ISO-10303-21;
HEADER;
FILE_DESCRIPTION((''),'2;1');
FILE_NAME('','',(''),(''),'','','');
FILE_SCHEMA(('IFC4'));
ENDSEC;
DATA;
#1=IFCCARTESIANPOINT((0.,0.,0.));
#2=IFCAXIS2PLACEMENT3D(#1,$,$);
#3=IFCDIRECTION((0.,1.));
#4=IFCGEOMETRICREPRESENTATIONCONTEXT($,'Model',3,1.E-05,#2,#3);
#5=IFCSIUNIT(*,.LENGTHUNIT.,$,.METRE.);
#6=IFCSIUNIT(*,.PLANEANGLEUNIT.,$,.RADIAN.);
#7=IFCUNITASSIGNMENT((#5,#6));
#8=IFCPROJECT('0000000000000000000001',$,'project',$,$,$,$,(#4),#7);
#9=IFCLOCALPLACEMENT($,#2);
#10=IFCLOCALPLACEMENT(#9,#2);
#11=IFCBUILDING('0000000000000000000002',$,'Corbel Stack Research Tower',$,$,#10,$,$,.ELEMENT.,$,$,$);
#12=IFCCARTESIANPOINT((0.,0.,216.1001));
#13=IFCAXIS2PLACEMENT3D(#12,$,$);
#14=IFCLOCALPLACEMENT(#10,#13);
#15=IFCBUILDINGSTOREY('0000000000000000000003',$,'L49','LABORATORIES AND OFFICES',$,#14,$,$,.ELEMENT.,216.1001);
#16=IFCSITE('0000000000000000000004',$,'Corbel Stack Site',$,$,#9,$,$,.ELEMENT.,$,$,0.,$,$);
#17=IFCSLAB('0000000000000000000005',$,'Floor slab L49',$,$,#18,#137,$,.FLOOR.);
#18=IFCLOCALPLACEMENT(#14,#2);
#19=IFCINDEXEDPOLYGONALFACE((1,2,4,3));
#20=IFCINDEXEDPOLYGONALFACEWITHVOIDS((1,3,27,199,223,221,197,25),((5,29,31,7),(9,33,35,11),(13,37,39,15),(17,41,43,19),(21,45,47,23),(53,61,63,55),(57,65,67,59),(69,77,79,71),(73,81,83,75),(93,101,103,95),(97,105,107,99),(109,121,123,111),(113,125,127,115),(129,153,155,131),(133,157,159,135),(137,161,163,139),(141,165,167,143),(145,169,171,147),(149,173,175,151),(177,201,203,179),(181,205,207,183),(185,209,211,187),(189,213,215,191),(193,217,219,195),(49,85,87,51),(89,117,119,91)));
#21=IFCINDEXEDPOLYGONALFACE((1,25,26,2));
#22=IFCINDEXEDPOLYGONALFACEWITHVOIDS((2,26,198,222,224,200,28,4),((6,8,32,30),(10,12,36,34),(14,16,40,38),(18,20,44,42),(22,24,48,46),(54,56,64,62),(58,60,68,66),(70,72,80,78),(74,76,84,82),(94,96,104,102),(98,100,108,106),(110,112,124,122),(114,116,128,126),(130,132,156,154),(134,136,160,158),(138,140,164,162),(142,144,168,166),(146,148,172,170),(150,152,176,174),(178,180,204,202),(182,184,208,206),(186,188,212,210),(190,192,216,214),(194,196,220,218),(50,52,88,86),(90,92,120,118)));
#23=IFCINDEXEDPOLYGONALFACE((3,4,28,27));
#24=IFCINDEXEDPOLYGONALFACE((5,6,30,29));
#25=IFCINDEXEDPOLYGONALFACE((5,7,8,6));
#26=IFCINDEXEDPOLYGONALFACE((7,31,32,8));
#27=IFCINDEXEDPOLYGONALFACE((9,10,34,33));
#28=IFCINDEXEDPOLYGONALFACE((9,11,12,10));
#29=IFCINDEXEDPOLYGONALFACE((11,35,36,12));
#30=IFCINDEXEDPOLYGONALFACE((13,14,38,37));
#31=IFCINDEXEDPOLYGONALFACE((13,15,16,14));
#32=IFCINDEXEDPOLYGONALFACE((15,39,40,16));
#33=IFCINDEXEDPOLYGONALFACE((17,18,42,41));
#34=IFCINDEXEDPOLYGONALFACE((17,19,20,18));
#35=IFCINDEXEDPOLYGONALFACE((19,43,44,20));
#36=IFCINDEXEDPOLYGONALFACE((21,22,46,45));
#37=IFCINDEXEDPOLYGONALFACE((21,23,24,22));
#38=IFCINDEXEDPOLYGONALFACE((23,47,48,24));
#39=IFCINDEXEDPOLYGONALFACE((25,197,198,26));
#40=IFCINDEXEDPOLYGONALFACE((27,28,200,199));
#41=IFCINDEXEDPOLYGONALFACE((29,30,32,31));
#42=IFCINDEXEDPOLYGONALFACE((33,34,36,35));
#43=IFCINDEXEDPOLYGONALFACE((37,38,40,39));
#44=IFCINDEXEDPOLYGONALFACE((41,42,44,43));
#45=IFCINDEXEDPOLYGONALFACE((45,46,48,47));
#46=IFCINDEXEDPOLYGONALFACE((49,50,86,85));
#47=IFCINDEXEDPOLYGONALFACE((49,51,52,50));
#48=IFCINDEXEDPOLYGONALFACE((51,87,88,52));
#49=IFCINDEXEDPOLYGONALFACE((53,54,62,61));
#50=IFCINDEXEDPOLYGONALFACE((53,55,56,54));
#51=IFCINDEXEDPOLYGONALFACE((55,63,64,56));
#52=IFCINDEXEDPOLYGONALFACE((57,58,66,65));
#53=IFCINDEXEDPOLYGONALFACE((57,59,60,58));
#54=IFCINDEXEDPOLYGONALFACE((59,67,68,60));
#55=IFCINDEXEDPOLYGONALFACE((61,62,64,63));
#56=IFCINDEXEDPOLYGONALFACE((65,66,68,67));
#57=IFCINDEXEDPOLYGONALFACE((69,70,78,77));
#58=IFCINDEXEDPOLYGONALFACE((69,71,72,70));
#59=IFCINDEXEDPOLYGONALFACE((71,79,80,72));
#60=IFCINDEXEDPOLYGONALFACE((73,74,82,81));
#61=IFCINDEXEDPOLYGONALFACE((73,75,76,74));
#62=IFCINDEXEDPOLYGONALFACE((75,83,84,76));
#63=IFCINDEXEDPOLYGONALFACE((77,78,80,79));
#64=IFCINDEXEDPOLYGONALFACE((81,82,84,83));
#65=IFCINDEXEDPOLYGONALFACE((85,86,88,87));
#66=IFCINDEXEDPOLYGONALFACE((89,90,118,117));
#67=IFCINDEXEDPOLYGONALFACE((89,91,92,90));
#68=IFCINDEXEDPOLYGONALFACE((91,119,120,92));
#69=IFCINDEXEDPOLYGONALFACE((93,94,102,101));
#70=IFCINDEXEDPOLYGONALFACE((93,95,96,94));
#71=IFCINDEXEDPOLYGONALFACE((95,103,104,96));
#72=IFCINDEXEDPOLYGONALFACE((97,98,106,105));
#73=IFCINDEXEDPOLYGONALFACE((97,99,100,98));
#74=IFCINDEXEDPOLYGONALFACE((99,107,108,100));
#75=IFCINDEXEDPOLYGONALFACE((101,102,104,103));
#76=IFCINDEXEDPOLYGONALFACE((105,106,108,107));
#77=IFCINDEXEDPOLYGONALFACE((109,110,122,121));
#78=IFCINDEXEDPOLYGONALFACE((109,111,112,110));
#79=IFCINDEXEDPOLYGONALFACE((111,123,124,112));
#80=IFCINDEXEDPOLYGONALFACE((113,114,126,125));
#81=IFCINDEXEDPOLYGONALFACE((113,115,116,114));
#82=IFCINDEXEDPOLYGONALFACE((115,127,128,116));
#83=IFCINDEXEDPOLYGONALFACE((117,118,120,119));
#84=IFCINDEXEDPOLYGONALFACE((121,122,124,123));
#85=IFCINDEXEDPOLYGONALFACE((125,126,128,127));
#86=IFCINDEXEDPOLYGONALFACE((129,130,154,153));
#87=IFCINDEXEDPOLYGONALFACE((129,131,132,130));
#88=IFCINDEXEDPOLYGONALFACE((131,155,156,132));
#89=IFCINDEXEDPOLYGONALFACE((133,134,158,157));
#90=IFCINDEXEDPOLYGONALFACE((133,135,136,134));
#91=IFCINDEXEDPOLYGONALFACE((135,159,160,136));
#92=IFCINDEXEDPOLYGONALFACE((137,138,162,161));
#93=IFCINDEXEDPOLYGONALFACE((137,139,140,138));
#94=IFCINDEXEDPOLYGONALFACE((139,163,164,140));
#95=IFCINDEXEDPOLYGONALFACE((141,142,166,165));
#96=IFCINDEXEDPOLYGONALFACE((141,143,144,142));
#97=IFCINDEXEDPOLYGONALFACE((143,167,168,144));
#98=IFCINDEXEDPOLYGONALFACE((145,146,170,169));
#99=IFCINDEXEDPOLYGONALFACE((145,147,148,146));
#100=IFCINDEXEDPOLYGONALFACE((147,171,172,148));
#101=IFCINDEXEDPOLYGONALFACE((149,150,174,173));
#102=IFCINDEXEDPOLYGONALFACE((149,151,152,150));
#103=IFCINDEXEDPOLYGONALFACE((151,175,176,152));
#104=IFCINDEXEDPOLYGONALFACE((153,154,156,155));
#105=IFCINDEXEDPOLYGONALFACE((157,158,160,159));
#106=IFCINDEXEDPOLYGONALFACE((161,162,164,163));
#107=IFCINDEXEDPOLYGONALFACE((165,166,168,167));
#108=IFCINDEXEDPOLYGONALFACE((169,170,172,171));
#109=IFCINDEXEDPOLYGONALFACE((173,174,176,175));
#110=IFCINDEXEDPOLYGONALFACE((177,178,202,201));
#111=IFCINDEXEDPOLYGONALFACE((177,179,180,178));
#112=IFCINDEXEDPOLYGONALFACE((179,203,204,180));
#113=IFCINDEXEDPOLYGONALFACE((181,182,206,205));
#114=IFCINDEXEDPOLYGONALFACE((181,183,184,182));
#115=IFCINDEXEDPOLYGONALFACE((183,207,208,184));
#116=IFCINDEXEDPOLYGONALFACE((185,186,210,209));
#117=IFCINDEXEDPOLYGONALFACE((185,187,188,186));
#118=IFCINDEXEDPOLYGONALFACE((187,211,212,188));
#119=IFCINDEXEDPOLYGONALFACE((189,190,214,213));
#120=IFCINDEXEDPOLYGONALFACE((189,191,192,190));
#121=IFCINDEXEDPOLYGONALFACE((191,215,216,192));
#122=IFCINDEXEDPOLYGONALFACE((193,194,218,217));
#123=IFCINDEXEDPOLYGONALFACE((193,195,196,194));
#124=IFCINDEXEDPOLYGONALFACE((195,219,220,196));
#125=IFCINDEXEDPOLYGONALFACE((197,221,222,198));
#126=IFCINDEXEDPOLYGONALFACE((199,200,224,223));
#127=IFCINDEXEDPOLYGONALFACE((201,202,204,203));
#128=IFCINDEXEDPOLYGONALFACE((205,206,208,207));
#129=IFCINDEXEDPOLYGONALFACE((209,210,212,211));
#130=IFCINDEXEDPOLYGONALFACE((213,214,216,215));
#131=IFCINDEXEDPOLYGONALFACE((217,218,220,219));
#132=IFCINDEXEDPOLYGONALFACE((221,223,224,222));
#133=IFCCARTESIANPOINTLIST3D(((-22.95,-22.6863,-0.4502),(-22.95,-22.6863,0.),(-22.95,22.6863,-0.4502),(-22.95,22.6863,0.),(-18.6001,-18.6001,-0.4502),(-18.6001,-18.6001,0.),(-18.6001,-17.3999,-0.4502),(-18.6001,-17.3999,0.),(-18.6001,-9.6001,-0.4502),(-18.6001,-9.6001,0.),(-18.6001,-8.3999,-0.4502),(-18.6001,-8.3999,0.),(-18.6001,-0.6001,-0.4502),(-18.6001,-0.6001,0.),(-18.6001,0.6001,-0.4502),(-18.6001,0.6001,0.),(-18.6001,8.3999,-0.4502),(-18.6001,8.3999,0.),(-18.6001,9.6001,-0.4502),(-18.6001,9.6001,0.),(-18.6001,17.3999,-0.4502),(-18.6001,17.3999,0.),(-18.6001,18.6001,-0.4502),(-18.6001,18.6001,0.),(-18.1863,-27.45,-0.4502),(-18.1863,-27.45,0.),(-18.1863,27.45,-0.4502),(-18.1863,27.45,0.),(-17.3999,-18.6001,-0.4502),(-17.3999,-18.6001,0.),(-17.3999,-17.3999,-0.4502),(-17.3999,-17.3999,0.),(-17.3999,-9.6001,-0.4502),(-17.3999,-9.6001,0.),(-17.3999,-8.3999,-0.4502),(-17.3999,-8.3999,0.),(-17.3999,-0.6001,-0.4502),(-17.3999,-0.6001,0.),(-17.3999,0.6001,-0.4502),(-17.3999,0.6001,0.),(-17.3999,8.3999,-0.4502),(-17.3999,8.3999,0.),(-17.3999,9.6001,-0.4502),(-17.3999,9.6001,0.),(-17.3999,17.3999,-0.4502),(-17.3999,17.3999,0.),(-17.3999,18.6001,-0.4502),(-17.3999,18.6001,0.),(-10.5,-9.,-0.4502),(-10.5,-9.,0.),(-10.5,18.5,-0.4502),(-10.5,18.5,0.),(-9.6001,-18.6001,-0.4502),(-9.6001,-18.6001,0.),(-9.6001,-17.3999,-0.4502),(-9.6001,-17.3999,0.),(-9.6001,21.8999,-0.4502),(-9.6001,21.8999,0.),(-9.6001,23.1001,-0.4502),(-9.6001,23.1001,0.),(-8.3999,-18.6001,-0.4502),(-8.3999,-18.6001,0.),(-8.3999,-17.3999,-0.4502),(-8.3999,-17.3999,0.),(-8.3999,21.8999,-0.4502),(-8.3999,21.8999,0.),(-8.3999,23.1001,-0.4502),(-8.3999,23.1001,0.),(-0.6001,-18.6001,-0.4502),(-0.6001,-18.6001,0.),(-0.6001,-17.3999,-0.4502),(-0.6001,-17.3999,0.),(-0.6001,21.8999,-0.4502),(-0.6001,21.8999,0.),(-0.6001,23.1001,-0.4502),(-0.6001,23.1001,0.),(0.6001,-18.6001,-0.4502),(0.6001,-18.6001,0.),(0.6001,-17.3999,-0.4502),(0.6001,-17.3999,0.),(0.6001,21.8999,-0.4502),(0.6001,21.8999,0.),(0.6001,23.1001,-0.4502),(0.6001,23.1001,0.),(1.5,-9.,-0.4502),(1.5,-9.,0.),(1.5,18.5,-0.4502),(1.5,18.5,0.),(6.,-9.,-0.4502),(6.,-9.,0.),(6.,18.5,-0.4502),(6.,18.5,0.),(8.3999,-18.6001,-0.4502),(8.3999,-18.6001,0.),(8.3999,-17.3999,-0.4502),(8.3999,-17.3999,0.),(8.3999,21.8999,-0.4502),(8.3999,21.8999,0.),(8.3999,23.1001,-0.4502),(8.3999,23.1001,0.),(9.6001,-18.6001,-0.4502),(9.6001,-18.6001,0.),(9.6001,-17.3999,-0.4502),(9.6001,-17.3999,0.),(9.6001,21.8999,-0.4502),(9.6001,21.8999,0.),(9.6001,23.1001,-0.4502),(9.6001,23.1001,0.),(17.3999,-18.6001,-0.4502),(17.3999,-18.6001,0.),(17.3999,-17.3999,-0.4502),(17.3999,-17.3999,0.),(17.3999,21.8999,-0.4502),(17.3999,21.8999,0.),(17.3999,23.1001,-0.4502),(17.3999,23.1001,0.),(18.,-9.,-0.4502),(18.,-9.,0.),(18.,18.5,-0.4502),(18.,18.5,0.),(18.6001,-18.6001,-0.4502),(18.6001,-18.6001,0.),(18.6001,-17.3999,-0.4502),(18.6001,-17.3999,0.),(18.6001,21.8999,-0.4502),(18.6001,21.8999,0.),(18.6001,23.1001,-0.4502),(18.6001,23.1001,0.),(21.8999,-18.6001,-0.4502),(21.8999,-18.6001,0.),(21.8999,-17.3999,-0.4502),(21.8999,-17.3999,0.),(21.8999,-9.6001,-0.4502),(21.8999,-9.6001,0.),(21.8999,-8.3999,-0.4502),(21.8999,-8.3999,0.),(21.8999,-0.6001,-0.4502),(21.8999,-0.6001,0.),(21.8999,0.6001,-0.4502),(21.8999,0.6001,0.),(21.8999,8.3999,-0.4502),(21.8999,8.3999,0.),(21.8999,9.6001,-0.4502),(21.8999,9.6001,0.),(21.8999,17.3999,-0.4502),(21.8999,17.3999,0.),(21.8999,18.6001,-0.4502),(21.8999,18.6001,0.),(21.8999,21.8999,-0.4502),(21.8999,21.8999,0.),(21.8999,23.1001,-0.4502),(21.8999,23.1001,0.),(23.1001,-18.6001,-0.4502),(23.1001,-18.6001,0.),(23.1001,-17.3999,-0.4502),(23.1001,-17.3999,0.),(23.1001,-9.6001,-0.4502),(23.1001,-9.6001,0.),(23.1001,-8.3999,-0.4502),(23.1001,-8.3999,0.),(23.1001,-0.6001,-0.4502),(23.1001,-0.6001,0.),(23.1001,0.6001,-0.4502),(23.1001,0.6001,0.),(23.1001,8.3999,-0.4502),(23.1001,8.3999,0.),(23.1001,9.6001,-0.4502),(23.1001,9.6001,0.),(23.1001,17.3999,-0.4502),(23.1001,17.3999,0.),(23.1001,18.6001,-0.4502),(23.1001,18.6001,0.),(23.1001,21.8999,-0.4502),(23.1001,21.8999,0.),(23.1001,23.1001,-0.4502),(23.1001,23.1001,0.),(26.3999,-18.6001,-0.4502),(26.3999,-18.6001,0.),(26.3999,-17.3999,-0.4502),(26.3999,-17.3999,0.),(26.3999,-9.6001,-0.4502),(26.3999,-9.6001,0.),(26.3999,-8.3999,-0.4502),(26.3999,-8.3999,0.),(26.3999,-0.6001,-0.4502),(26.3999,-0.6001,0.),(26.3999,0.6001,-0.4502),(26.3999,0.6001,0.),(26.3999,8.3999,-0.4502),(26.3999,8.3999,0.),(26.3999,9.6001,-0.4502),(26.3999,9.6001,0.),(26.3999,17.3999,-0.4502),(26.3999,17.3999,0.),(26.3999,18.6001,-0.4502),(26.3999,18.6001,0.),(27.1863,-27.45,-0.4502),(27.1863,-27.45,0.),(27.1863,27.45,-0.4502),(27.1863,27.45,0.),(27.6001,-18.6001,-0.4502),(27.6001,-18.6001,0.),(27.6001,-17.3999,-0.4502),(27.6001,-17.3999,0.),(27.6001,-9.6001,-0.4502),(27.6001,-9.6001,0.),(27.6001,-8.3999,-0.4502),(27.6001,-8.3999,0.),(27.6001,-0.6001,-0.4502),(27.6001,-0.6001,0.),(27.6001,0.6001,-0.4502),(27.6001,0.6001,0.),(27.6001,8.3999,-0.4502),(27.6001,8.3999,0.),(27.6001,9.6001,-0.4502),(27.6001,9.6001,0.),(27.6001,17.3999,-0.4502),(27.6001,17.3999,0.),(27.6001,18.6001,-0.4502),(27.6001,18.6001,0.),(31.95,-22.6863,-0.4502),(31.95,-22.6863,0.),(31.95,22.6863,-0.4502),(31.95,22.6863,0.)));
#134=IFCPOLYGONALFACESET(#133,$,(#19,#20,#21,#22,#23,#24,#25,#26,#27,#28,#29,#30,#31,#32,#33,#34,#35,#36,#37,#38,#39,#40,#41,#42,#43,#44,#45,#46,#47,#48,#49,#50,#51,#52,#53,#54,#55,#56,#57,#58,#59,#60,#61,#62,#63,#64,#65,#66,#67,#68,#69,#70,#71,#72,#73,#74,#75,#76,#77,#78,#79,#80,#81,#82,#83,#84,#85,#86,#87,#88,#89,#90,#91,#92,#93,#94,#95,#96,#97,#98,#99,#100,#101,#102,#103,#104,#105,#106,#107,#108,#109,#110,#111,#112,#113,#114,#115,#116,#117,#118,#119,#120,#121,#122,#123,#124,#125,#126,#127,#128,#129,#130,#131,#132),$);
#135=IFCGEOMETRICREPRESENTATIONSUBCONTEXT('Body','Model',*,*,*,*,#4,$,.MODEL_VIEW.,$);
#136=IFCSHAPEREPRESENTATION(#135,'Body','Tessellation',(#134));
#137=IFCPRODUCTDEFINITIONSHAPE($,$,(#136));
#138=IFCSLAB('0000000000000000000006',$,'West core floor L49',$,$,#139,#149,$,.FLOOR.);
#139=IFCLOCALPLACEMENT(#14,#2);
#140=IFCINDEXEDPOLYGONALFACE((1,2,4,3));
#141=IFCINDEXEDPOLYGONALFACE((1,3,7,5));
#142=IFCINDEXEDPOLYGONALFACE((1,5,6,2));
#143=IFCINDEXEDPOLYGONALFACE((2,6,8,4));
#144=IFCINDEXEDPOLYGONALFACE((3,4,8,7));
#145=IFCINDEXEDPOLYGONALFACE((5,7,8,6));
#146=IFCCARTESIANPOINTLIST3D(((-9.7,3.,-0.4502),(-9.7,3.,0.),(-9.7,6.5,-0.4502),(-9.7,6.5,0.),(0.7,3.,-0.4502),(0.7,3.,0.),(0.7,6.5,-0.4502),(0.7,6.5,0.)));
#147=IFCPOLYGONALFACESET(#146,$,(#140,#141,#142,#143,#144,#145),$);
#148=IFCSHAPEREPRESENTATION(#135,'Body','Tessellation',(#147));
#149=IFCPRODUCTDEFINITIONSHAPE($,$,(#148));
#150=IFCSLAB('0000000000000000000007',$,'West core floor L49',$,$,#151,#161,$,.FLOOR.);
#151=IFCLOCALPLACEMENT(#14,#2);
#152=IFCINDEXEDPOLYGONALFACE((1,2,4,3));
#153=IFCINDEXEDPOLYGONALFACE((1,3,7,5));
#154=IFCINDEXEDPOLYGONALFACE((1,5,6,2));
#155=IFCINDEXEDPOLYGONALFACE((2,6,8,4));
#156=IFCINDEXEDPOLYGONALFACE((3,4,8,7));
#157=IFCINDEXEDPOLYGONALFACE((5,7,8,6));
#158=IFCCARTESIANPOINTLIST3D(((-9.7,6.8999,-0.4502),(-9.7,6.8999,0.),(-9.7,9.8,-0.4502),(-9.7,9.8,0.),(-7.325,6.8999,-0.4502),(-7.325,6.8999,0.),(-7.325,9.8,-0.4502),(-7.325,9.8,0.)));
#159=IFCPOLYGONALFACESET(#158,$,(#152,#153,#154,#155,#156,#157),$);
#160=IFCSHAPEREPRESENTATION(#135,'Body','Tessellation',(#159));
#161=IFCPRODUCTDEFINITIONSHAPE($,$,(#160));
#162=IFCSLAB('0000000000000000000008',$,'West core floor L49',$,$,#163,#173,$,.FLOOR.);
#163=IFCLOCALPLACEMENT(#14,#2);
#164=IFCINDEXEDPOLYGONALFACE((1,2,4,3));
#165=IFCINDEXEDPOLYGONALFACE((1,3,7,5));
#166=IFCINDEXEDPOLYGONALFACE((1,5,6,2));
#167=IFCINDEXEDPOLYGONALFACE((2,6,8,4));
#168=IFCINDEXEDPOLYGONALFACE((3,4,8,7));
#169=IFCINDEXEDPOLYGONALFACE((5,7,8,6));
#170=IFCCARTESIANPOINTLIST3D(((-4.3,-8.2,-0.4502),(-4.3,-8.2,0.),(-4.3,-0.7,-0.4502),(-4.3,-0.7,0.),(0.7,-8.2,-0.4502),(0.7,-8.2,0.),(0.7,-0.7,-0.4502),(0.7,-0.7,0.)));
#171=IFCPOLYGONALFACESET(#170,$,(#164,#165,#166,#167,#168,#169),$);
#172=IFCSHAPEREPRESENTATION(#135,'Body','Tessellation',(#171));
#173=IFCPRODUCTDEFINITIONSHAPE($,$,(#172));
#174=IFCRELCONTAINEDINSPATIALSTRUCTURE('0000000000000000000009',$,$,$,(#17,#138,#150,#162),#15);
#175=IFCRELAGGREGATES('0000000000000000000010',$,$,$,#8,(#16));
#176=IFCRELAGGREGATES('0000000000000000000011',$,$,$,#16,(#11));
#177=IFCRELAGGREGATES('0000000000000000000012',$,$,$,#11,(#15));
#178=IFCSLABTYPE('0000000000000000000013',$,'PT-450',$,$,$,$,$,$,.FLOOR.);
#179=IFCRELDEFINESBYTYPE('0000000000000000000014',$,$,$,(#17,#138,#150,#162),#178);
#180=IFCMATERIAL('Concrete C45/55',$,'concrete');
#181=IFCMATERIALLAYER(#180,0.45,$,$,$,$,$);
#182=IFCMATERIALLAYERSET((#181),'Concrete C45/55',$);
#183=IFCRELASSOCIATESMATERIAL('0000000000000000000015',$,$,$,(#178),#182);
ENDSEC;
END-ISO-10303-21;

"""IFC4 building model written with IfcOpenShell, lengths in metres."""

from ifc_helpers import new_model, si_unit, direction, frame, origin, place, context, subcontext, project, spatial, polyline, outline, extrude, material, layer, layer_set, type_object, element, save


model = new_model("IFC4")

# Units and contexts
model_context = context("Model", 3, precision=1e-05, world=origin(), true_north=direction((0.0, 1.0)))
body_context = subcontext(model_context, "Body", "Model", "MODEL_VIEW")
ifc_project = project(units=[si_unit("LENGTHUNIT", "METRE"), si_unit("PLANEANGLEUNIT", "RADIAN")], contexts=[model_context])

# Site, building, storey
site_placement = place(None, origin())
site = spatial("IfcSite", under=ifc_project, at=site_placement, Name="Corbel Stack Site", CompositionType="ELEMENT", RefElevation=0.0)
building_placement = place(site_placement, origin())
building = spatial("IfcBuilding", under=site, at=building_placement, Name="Corbel Stack Research Tower", CompositionType="ELEMENT")
storey_placement = place(building_placement, frame((0.0, 0.0, 216.1001)))
storey = spatial("IfcBuildingStorey", under=building, at=storey_placement, Name="L49", Description="LABORATORIES AND OFFICES", CompositionType="ELEMENT", Elevation=216.1001)

# Slabs
ifc_material_1 = material(Name="Concrete C45/55", Category="concrete")
ifc_layer_1 = layer(ifc_material_1, 0.45)
ifc_layer_set_1 = layer_set([ifc_layer_1], Name="Concrete C45/55")
slab_type_1 = type_object("IfcSlabType", Name="PT-450", PredefinedType="FLOOR", material=ifc_layer_set_1)
slab_1_placement = place(storey_placement, frame((0.0, 0.0, -0.4502)))
element("IfcSlab", 1, at=slab_1_placement, inside=storey, type_object=slab_type_1, Name="Floor slab L49", PredefinedType="FLOOR", context=body_context, shape_type="SweptSolid", body=[
    extrude(outline(polyline([(-18.1863, -27.45), (27.1863, -27.45), (31.95, -22.6863), (31.95, 22.6863), (27.1863, 27.45), (-18.1863, 27.45), (-22.95, 22.6863), (-22.95, -22.6863), (-18.1863, -27.45)]), holes=[polyline([(26.3999, 17.3999), (26.3999, 18.6001), (27.6001, 18.6001), (27.6001, 17.3999), (26.3999, 17.3999)]), polyline([(26.3999, 8.3999), (26.3999, 9.6001), (27.6001, 9.6001), (27.6001, 8.3999), (26.3999, 8.3999)]), polyline([(27.6001, -0.6001), (26.3999, -0.6001), (26.3999, 0.6001), (27.6001, 0.6001), (27.6001, -0.6001)]), polyline([(26.3999, -9.6001), (26.3999, -8.3999), (27.6001, -8.3999), (27.6001, -9.6001), (26.3999, -9.6001)]), polyline([(26.3999, -18.6001), (26.3999, -17.3999), (27.6001, -17.3999), (27.6001, -18.6001), (26.3999, -18.6001)]), polyline([(21.8999, 21.8999), (21.8999, 23.1001), (23.1001, 23.1001), (23.1001, 21.8999), (21.8999, 21.8999)]), polyline([(21.8999, 17.3999), (21.8999, 18.6001), (23.1001, 18.6001), (23.1001, 17.3999), (21.8999, 17.3999)]), polyline([(21.8999, 8.3999), (21.8999, 9.6001), (23.1001, 9.6001), (23.1001, 8.3999), (21.8999, 8.3999)]), polyline([(21.8999, -0.6001), (21.8999, 0.6001), (23.1001, 0.6001), (23.1001, -0.6001), (21.8999, -0.6001)]), polyline([(23.1001, -9.6001), (21.8999, -9.6001), (21.8999, -8.3999), (23.1001, -8.3999), (23.1001, -9.6001)]), polyline([(21.8999, -18.6001), (21.8999, -17.3999), (23.1001, -17.3999), (23.1001, -18.6001), (21.8999, -18.6001)]), polyline([(17.3999, 21.8999), (17.3999, 23.1001), (18.6001, 23.1001), (18.6001, 21.8999), (17.3999, 21.8999)]), polyline([(18.6001, -18.6001), (17.3999, -18.6001), (17.3999, -17.3999), (18.6001, -17.3999), (18.6001, -18.6001)]), polyline([(6.0, -9.0), (6.0, 18.5), (18.0, 18.5), (18.0, -9.0), (6.0, -9.0)]), polyline([(8.3999, 21.8999), (8.3999, 23.1001), (9.6001, 23.1001), (9.6001, 21.8999), (8.3999, 21.8999)]), polyline([(9.6001, -18.6001), (8.3999, -18.6001), (8.3999, -17.3999), (9.6001, -17.3999), (9.6001, -18.6001)]), polyline([(1.5, -9.0), (-10.5, -9.0), (-10.5, 18.5), (1.5, 18.5), (1.5, -9.0)]), polyline([(-0.6001, 21.8999), (-0.6001, 23.1001), (0.6001, 23.1001), (0.6001, 21.8999), (-0.6001, 21.8999)]), polyline([(-0.6001, -18.6001), (-0.6001, -17.3999), (0.6001, -17.3999), (0.6001, -18.6001), (-0.6001, -18.6001)]), polyline([(-9.6001, 21.8999), (-9.6001, 23.1001), (-8.3999, 23.1001), (-8.3999, 21.8999), (-9.6001, 21.8999)]), polyline([(-9.6001, -18.6001), (-9.6001, -17.3999), (-8.3999, -17.3999), (-8.3999, -18.6001), (-9.6001, -18.6001)]), polyline([(-18.6001, 17.3999), (-18.6001, 18.6001), (-17.3999, 18.6001), (-17.3999, 17.3999), (-18.6001, 17.3999)]), polyline([(-18.6001, 8.3999), (-18.6001, 9.6001), (-17.3999, 9.6001), (-17.3999, 8.3999), (-18.6001, 8.3999)]), polyline([(-18.6001, -0.6001), (-18.6001, 0.6001), (-17.3999, 0.6001), (-17.3999, -0.6001), (-18.6001, -0.6001)]), polyline([(-18.6001, -9.6001), (-18.6001, -8.3999), (-17.3999, -8.3999), (-17.3999, -9.6001), (-18.6001, -9.6001)]), polyline([(-17.3999, -18.6001), (-18.6001, -18.6001), (-18.6001, -17.3999), (-17.3999, -17.3999), (-17.3999, -18.6001)])]), origin(), (0.0, 0.0, 1.0), 0.4502),
])
slab_2_placement = place(storey_placement, frame((0.0, 0.0, -0.4502)))
element("IfcSlab", 2, at=slab_2_placement, inside=storey, type_object=slab_type_1, Name="West core floor L49", PredefinedType="FLOOR", context=body_context, shape_type="SweptSolid", body=[
    extrude(outline(polyline([(0.7, 6.5), (-9.7, 6.5), (-9.7, 3.0), (0.7, 3.0), (0.7, 6.5)])), origin(), (0.0, 0.0, 1.0), 0.4502),
])
slab_3_placement = place(storey_placement, frame((0.0, 0.0, -0.4502)))
element("IfcSlab", 3, at=slab_3_placement, inside=storey, type_object=slab_type_1, Name="West core floor L49", PredefinedType="FLOOR", context=body_context, shape_type="SweptSolid", body=[
    extrude(outline(polyline([(-9.7, 6.8999), (-7.325, 6.8999), (-7.325, 9.8), (-9.7, 9.8), (-9.7, 6.8999)])), origin(), (0.0, 0.0, 1.0), 0.4502),
])
slab_4_placement = place(storey_placement, frame((0.0, 0.0, -0.4502)))
element("IfcSlab", 4, at=slab_4_placement, inside=storey, type_object=slab_type_1, Name="West core floor L49", PredefinedType="FLOOR", context=body_context, shape_type="SweptSolid", body=[
    extrude(outline(polyline([(-4.3, -0.7), (-4.3, -8.2), (0.7, -8.2), (0.7, -0.7), (-4.3, -0.7)])), origin(), (0.0, 0.0, 1.0), 0.4502),
])

save(model, "model.ifc")
